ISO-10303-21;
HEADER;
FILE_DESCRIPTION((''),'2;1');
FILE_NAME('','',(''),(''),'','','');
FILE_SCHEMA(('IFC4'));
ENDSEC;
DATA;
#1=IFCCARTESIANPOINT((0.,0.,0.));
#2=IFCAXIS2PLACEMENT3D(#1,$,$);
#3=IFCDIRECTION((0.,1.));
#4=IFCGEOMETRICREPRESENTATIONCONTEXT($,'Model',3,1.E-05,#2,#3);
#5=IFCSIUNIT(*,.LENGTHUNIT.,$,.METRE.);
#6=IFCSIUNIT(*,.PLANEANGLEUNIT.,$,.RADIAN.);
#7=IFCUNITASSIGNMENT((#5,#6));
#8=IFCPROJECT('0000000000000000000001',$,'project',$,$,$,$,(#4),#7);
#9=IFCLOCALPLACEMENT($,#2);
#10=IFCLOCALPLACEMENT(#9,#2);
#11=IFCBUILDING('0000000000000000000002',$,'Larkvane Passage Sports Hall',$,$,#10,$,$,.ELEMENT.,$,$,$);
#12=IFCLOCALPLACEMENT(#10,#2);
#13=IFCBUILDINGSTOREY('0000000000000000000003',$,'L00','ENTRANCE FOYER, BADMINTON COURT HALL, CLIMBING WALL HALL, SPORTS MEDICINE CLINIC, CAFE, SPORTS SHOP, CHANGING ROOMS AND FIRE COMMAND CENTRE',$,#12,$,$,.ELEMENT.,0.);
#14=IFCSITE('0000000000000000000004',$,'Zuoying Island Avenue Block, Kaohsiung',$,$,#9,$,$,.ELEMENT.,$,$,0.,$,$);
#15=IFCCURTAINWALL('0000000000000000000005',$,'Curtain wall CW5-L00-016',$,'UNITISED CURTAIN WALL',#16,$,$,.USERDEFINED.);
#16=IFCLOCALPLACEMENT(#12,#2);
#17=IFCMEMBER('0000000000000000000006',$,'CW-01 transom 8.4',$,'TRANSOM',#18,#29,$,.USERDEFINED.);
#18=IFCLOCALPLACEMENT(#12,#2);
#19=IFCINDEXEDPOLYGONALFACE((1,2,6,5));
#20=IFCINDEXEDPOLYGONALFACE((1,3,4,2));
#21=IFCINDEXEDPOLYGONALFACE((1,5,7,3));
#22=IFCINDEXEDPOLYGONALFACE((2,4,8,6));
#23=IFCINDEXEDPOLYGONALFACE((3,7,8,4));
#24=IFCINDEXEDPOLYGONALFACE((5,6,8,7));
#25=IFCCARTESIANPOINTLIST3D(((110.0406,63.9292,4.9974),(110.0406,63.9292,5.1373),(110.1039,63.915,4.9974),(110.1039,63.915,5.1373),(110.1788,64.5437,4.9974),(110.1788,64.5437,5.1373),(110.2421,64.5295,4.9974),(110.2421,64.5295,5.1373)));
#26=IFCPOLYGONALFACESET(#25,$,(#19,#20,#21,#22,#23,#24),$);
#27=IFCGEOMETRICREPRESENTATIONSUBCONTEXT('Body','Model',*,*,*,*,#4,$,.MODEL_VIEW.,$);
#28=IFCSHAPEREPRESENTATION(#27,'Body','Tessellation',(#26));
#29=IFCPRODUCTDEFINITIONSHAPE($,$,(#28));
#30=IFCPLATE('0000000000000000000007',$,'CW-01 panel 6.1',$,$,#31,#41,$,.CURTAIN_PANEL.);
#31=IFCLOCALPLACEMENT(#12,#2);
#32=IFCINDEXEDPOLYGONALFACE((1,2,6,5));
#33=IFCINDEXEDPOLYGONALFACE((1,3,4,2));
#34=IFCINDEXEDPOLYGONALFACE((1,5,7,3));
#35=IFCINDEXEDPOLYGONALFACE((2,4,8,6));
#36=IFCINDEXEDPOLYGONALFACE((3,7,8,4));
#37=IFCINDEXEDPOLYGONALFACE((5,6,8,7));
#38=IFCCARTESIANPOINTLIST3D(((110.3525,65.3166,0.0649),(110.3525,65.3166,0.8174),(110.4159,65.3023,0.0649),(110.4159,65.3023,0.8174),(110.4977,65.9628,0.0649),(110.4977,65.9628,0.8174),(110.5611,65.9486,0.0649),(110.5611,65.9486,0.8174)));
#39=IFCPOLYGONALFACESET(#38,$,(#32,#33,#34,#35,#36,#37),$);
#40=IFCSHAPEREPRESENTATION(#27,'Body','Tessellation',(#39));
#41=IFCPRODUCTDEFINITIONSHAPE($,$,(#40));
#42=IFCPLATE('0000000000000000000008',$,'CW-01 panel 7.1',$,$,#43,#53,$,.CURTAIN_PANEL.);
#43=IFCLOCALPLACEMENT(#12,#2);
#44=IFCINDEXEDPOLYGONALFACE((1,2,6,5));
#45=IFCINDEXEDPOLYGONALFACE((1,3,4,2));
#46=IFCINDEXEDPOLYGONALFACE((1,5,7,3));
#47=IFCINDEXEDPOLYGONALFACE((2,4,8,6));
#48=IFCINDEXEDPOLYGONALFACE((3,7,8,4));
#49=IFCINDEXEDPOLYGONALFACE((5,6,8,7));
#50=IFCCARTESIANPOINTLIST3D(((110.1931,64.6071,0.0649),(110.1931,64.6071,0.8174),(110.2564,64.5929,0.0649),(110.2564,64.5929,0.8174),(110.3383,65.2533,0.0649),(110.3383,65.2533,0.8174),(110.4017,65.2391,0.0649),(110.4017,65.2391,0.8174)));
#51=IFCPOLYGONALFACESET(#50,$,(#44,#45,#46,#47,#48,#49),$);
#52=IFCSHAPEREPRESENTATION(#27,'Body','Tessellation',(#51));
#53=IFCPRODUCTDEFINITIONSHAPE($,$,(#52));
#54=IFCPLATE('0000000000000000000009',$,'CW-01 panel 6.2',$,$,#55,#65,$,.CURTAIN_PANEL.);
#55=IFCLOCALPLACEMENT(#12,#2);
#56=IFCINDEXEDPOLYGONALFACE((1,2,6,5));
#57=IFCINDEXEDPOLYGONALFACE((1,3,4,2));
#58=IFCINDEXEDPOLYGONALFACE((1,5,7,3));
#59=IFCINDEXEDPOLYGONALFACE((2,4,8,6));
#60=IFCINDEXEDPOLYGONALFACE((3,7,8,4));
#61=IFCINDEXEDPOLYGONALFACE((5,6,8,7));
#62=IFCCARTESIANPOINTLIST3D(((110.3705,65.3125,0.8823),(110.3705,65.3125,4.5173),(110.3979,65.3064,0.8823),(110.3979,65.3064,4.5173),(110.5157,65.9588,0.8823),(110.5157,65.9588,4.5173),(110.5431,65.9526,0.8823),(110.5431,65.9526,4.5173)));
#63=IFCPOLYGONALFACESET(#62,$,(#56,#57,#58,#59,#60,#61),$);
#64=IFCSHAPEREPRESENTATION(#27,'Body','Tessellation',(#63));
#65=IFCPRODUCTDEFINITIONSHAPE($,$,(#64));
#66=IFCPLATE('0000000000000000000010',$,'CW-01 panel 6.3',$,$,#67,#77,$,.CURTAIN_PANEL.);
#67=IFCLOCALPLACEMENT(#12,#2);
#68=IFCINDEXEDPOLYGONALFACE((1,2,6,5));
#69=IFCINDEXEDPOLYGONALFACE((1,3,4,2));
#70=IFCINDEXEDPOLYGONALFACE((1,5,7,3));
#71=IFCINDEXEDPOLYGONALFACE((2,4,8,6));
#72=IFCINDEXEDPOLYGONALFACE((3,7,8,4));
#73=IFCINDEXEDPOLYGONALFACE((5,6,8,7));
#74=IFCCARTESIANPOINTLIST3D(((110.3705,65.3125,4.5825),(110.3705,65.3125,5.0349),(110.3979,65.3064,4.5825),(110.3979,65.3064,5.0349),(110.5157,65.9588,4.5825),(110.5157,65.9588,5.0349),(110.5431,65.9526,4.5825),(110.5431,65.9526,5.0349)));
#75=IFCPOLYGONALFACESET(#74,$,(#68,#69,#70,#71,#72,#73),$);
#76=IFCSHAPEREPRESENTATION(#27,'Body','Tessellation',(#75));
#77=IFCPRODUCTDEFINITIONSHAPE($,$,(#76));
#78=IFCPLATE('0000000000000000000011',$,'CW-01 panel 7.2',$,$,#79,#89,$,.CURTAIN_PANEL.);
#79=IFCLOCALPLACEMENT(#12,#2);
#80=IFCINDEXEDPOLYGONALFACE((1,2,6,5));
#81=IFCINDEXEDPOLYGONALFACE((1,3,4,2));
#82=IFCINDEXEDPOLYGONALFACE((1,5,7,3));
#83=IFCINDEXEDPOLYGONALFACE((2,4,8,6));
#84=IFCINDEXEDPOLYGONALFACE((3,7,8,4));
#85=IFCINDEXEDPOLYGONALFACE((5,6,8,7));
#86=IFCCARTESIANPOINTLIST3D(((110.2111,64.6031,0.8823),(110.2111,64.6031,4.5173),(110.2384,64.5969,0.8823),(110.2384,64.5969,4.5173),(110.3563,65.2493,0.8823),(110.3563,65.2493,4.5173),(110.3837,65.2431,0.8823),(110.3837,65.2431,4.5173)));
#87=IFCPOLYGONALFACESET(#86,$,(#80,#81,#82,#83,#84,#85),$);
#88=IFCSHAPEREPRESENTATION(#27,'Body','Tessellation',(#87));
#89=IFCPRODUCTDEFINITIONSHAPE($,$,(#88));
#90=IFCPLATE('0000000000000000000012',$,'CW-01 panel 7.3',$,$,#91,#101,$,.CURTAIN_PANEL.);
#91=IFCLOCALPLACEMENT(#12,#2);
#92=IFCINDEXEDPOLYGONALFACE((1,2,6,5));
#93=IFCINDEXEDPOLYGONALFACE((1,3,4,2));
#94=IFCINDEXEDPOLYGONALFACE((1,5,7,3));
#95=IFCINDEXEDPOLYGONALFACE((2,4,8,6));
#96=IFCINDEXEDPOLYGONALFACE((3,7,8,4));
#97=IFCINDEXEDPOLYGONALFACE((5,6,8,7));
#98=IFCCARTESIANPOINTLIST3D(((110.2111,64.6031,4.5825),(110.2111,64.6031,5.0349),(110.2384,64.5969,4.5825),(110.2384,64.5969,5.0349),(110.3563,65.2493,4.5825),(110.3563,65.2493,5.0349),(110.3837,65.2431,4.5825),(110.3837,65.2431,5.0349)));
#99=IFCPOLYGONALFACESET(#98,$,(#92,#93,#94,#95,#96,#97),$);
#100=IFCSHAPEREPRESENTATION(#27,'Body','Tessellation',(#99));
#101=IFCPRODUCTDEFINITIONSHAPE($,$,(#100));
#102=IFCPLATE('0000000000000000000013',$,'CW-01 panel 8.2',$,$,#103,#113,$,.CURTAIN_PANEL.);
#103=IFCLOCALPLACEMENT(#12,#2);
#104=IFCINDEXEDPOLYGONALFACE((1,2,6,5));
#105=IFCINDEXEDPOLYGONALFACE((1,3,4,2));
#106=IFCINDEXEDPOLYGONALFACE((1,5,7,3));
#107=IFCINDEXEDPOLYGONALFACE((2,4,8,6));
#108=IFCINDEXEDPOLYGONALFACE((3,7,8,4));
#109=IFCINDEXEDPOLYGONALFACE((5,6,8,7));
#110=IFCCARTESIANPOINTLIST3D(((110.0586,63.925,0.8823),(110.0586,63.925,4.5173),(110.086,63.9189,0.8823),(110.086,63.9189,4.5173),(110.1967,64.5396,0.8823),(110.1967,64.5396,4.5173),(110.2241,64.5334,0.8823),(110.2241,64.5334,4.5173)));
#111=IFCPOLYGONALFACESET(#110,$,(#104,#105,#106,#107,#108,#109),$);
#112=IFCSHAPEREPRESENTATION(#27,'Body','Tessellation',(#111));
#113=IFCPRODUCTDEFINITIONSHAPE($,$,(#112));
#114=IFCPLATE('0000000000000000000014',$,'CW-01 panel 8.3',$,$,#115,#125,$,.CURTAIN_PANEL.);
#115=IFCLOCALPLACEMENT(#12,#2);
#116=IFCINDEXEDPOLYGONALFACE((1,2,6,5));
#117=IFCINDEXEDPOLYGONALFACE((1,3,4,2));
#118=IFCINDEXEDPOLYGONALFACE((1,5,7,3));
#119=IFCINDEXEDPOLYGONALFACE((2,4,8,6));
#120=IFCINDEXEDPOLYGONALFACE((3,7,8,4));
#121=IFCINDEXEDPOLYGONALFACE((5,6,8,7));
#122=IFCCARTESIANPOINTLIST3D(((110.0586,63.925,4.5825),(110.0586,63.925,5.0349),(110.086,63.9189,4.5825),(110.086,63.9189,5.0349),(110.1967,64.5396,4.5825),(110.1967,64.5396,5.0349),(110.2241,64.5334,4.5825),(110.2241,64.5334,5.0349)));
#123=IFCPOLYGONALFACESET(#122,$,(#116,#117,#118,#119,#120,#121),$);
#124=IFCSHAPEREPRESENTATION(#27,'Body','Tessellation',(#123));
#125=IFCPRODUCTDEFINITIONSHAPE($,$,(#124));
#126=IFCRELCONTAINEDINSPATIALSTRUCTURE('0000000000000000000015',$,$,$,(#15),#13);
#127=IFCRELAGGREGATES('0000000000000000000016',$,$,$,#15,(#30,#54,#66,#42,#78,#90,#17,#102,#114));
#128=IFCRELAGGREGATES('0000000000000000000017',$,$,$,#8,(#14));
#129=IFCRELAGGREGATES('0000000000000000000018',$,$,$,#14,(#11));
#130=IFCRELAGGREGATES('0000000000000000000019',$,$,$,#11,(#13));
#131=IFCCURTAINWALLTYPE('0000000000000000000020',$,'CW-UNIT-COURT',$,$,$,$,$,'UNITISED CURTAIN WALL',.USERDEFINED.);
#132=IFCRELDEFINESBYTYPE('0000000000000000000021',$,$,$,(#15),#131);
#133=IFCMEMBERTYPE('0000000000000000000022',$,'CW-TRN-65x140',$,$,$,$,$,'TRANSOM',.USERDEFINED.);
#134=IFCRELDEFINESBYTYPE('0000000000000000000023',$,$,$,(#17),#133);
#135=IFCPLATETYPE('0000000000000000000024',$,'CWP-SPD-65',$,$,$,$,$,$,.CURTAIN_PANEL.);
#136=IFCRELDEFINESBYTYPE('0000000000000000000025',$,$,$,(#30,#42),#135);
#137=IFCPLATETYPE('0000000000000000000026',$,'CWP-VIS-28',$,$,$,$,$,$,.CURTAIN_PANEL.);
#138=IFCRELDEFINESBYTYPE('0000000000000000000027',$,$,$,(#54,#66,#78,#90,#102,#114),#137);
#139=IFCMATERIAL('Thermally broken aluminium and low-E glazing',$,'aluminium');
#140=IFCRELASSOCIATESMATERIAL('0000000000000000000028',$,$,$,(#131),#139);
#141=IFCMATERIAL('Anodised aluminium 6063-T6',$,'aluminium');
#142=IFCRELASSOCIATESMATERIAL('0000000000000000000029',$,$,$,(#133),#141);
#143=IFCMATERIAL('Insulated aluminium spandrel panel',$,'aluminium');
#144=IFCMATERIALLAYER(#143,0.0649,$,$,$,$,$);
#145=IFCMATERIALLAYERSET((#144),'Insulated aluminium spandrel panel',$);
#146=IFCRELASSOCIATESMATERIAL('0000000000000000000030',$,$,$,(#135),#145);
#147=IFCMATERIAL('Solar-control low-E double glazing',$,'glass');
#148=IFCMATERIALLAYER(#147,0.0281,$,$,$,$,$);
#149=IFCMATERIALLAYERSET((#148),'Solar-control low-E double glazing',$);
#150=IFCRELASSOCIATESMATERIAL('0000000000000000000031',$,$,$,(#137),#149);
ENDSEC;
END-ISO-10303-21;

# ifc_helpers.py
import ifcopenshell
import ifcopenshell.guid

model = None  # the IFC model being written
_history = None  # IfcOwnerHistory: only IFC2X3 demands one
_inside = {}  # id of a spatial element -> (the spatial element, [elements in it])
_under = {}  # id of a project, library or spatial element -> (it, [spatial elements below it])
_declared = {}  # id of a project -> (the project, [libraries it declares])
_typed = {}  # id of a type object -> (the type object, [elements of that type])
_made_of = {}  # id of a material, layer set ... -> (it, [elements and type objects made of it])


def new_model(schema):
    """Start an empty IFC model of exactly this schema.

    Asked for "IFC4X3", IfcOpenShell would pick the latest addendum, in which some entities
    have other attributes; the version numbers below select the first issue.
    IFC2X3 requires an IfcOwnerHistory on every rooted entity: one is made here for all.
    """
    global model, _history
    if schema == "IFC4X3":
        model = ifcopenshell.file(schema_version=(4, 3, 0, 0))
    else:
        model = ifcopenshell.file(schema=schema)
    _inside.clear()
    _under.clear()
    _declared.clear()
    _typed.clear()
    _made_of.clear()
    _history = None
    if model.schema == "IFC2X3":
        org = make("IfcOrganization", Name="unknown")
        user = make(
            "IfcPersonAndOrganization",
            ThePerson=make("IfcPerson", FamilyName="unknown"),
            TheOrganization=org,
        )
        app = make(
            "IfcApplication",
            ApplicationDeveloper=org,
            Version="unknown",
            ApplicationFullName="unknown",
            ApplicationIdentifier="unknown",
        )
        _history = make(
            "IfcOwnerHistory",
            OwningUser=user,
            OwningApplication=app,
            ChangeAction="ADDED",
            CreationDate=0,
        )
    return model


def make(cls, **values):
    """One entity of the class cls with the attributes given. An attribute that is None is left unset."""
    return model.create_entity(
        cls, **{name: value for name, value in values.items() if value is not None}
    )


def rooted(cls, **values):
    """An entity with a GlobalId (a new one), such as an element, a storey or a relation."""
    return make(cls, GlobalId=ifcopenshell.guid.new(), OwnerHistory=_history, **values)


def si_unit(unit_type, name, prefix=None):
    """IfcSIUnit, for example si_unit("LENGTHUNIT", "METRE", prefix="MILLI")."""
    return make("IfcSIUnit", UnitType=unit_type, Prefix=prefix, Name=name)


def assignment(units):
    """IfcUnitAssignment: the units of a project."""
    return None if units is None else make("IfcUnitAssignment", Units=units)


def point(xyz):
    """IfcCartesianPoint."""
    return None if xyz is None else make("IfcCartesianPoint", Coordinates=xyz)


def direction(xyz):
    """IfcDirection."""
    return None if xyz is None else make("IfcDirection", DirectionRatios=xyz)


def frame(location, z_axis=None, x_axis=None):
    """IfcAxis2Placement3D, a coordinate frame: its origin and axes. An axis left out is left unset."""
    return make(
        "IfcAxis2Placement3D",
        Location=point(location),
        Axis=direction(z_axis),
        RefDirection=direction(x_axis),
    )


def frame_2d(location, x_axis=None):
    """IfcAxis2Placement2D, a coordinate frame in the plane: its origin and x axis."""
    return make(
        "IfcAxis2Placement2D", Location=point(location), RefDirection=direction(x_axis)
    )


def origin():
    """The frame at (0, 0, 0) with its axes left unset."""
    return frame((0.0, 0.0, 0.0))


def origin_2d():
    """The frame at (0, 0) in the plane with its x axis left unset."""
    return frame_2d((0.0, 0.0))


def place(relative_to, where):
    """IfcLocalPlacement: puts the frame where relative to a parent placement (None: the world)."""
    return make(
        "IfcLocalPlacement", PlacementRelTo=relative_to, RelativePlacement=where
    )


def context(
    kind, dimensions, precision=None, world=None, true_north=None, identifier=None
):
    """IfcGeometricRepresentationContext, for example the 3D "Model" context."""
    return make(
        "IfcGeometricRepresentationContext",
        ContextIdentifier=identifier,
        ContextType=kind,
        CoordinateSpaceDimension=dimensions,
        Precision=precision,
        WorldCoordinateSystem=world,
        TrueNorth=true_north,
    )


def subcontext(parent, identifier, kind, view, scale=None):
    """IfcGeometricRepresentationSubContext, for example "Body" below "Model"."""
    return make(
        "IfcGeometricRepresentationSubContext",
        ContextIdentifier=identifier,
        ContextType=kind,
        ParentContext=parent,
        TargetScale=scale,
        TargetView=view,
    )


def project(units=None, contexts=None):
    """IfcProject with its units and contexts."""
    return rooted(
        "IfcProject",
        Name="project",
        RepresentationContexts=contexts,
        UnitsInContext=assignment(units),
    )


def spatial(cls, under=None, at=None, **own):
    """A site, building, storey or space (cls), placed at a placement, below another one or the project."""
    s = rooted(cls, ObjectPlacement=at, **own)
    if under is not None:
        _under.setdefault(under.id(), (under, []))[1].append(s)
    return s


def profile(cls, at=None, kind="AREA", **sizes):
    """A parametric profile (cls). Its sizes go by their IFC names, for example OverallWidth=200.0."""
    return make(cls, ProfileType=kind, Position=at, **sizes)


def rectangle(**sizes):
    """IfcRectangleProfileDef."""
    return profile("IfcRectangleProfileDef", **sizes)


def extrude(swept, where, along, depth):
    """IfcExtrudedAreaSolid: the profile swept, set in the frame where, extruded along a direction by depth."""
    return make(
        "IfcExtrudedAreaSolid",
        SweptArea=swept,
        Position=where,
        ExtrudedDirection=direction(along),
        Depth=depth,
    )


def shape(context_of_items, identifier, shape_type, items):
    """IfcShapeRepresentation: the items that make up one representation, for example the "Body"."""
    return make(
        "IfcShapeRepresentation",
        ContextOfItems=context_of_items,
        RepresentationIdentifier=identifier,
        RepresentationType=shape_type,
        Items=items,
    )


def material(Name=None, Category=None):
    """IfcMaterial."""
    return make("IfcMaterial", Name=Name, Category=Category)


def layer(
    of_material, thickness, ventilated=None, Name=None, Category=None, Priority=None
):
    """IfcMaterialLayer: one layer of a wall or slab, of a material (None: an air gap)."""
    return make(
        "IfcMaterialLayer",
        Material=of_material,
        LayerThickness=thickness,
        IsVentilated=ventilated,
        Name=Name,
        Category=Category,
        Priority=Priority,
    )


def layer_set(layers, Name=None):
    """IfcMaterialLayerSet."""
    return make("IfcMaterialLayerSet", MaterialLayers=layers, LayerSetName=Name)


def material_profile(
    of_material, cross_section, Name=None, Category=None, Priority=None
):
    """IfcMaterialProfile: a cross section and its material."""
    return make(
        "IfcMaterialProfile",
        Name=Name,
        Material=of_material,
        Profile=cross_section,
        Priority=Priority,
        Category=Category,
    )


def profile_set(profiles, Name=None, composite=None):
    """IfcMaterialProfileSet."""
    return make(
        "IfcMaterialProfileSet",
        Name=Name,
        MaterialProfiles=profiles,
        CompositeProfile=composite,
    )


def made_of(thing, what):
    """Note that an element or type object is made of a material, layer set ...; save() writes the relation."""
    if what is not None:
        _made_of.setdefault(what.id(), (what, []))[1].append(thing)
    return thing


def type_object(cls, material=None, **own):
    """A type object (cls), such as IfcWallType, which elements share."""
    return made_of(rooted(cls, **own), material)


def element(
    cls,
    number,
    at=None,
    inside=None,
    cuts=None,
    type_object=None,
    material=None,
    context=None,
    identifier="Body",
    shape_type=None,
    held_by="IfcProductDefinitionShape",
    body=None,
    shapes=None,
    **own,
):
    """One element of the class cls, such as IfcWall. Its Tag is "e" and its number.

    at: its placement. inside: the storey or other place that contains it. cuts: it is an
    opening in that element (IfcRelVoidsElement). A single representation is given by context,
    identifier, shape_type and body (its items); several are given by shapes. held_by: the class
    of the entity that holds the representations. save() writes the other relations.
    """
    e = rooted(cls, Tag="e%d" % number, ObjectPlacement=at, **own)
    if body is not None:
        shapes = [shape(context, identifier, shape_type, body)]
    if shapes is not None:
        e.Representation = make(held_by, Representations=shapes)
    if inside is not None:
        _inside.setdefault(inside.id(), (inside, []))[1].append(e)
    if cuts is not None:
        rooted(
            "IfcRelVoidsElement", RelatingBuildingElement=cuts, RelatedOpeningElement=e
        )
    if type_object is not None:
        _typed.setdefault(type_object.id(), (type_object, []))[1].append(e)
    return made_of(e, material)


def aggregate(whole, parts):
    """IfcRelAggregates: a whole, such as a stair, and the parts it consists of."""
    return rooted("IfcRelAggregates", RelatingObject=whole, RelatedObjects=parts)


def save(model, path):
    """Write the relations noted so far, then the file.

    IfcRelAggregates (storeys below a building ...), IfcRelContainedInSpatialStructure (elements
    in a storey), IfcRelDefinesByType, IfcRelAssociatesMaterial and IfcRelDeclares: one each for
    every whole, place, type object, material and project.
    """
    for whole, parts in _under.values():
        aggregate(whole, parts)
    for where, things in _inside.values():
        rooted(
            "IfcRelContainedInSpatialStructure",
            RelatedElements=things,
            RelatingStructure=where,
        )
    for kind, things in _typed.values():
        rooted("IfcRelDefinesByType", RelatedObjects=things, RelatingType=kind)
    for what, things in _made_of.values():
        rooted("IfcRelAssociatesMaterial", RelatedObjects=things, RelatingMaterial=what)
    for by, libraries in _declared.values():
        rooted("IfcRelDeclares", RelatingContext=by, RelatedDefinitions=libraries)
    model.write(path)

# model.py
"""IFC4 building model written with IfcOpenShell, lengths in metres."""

from ifc_helpers import new_model, si_unit, direction, frame, origin, origin_2d, place, context, subcontext, project, spatial, rectangle, extrude, material, layer, layer_set, material_profile, profile_set, type_object, element, aggregate, save


model = new_model("IFC4")

# Units and contexts
model_context = context("Model", 3, precision=1e-05, world=origin(), true_north=direction((0.0, 1.0)))
body_context = subcontext(model_context, "Body", "Model", "MODEL_VIEW")
ifc_project = project(units=[si_unit("LENGTHUNIT", "METRE"), si_unit("PLANEANGLEUNIT", "RADIAN")], contexts=[model_context])

# Site, building, storey
site_placement = place(None, origin())
site = spatial("IfcSite", under=ifc_project, at=site_placement, Name="Zuoying Island Avenue Block, Kaohsiung", CompositionType="ELEMENT", RefElevation=0.0)
building_placement = place(site_placement, origin())
building = spatial("IfcBuilding", under=site, at=building_placement, Name="Larkvane Passage Sports Hall", CompositionType="ELEMENT")
storey_placement = place(building_placement, origin())
storey = spatial("IfcBuildingStorey", under=building, at=storey_placement, Name="L00", Description="ENTRANCE FOYER, BADMINTON COURT HALL, CLIMBING WALL HALL, SPORTS MEDICINE CLINIC, CAFE, SPORTS SHOP, CHANGING ROOMS AND FIRE COMMAND CENTRE", CompositionType="ELEMENT", Elevation=0.0)

# Curtain wall, member, plates
ifc_material_1 = material(Name="Thermally broken aluminium and low-E glazing", Category="aluminium")
curtain_wall_type = type_object("IfcCurtainWallType", Name="CW-UNIT-COURT", ElementType="UNITISED CURTAIN WALL", PredefinedType="USERDEFINED", material=ifc_material_1)
curtain_wall_placement = place(storey_placement, origin())
curtain_wall = element("IfcCurtainWall", 1, at=curtain_wall_placement, inside=storey, type_object=curtain_wall_type, Name="Curtain wall CW5-L00-016", ObjectType="UNITISED CURTAIN WALL", PredefinedType="USERDEFINED")
ifc_material_2 = material(Name="Anodised aluminium 6063-T6", Category="aluminium")
ifc_material_profile_1 = material_profile(ifc_material_2, rectangle(XDim=0.0649, YDim=0.1399, at=origin_2d()), Name="ALU-TRN-65x140")
ifc_profile_set_1 = profile_set([ifc_material_profile_1], Name="Anodised aluminium 6063-T6")
member_type_1 = type_object("IfcMemberType", Name="CW-TRN-65x140", ElementType="TRANSOM", PredefinedType="USERDEFINED", material=ifc_profile_set_1)
member_1_placement = place(storey_placement, frame((110.2104, 64.5366, 5.0674), z_axis=(-0.219392, -0.975637, 0.0), x_axis=(0.975637, -0.219392, 0.0)))
member_1 = element("IfcMember", 2, at=member_1_placement, type_object=member_type_1, Name="CW-01 transom 8.4", ObjectType="TRANSOM", PredefinedType="USERDEFINED", context=body_context, shape_type="SweptSolid", body=[
    extrude(rectangle(XDim=0.0649, YDim=0.1399, at=origin_2d()), origin(), (0.0, 0.0, 1.0), 0.6299),
])
ifc_material_3 = material(Name="Insulated aluminium spandrel panel", Category="aluminium")
ifc_layer_1 = layer(ifc_material_3, 0.0649)
ifc_layer_set_1 = layer_set([ifc_layer_1], Name="Insulated aluminium spandrel panel")
plate_type_1 = type_object("IfcPlateType", Name="CWP-SPD-65", PredefinedType="CURTAIN_PANEL", material=ifc_layer_set_1)
plate_1_placement = place(storey_placement, frame((110.4568, 65.6326, 0.0649), z_axis=(0.0, 0.0, 1.0), x_axis=(-0.219261, -0.975666, 0.0)))
plate_1 = element("IfcPlate", 3, at=plate_1_placement, type_object=plate_type_1, Name="CW-01 panel 6.1", PredefinedType="CURTAIN_PANEL", context=body_context, shape_type="SweptSolid", body=[
    extrude(rectangle(XDim=0.6624, YDim=0.0649, at=origin_2d()), origin(), (0.0, 0.0, 1.0), 0.7524),
])
plate_2_placement = place(storey_placement, frame((110.2974, 64.9231, 0.0649), z_axis=(0.0, 0.0, 1.0), x_axis=(-0.219261, -0.975666, 0.0)))
plate_2 = element("IfcPlate", 4, at=plate_2_placement, type_object=plate_type_1, Name="CW-01 panel 7.1", PredefinedType="CURTAIN_PANEL", context=body_context, shape_type="SweptSolid", body=[
    extrude(rectangle(XDim=0.6624, YDim=0.0649, at=origin_2d()), origin(), (0.0, 0.0, 1.0), 0.7524),
])
ifc_material_4 = material(Name="Solar-control low-E double glazing", Category="glass")
ifc_layer_2 = layer(ifc_material_4, 0.0281)
ifc_layer_set_2 = layer_set([ifc_layer_2], Name="Solar-control low-E double glazing")
plate_type_2 = type_object("IfcPlateType", Name="CWP-VIS-28", PredefinedType="CURTAIN_PANEL", material=ifc_layer_set_2)
plate_3_placement = place(storey_placement, frame((110.4568, 65.6326, 0.8823), z_axis=(0.0, 0.0, 1.0), x_axis=(-0.219261, -0.975666, 0.0)))
plate_3 = element("IfcPlate", 5, at=plate_3_placement, type_object=plate_type_2, Name="CW-01 panel 6.2", PredefinedType="CURTAIN_PANEL", context=body_context, shape_type="SweptSolid", body=[
    extrude(rectangle(XDim=0.6624, YDim=0.0281, at=origin_2d()), origin(), (0.0, 0.0, 1.0), 3.635),
])
plate_4_placement = place(storey_placement, frame((110.4568, 65.6326, 4.5825), z_axis=(0.0, 0.0, 1.0), x_axis=(-0.219261, -0.975666, 0.0)))
plate_4 = element("IfcPlate", 6, at=plate_4_placement, type_object=plate_type_2, Name="CW-01 panel 6.3", PredefinedType="CURTAIN_PANEL", context=body_context, shape_type="SweptSolid", body=[
    extrude(rectangle(XDim=0.6624, YDim=0.0281, at=origin_2d()), origin(), (0.0, 0.0, 1.0), 0.4524),
])
plate_5_placement = place(storey_placement, frame((110.2974, 64.9231, 0.8823), z_axis=(0.0, 0.0, 1.0), x_axis=(-0.219261, -0.975666, 0.0)))
plate_5 = element("IfcPlate", 7, at=plate_5_placement, type_object=plate_type_2, Name="CW-01 panel 7.2", PredefinedType="CURTAIN_PANEL", context=body_context, shape_type="SweptSolid", body=[
    extrude(rectangle(XDim=0.6624, YDim=0.0281, at=origin_2d()), origin(), (0.0, 0.0, 1.0), 3.635),
])
plate_6_placement = place(storey_placement, frame((110.2974, 64.9231, 4.5825), z_axis=(0.0, 0.0, 1.0), x_axis=(-0.219261, -0.975666, 0.0)))
plate_6 = element("IfcPlate", 8, at=plate_6_placement, type_object=plate_type_2, Name="CW-01 panel 7.3", PredefinedType="CURTAIN_PANEL", context=body_context, shape_type="SweptSolid", body=[
    extrude(rectangle(XDim=0.6624, YDim=0.0281, at=origin_2d()), origin(), (0.0, 0.0, 1.0), 0.4524),
])
plate_7_placement = place(storey_placement, frame((110.1414, 64.2292, 0.8823), z_axis=(0.0, 0.0, 1.0), x_axis=(-0.219261, -0.975666, 0.0)))
plate_7 = element("IfcPlate", 9, at=plate_7_placement, type_object=plate_type_2, Name="CW-01 panel 8.2", PredefinedType="CURTAIN_PANEL", context=body_context, shape_type="SweptSolid", body=[
    extrude(rectangle(XDim=0.6299, YDim=0.0281, at=origin_2d()), origin(), (0.0, 0.0, 1.0), 3.635),
])
plate_8_placement = place(storey_placement, frame((110.1414, 64.2292, 4.5825), z_axis=(0.0, 0.0, 1.0), x_axis=(-0.219261, -0.975666, 0.0)))
plate_8 = element("IfcPlate", 10, at=plate_8_placement, type_object=plate_type_2, Name="CW-01 panel 8.3", PredefinedType="CURTAIN_PANEL", context=body_context, shape_type="SweptSolid", body=[
    extrude(rectangle(XDim=0.6299, YDim=0.0281, at=origin_2d()), origin(), (0.0, 0.0, 1.0), 0.4524),
])
aggregate(curtain_wall, [plate_1, plate_3, plate_4, plate_2, plate_5, plate_6, member_1, plate_7, plate_8])

save(model, "model.ifc")
